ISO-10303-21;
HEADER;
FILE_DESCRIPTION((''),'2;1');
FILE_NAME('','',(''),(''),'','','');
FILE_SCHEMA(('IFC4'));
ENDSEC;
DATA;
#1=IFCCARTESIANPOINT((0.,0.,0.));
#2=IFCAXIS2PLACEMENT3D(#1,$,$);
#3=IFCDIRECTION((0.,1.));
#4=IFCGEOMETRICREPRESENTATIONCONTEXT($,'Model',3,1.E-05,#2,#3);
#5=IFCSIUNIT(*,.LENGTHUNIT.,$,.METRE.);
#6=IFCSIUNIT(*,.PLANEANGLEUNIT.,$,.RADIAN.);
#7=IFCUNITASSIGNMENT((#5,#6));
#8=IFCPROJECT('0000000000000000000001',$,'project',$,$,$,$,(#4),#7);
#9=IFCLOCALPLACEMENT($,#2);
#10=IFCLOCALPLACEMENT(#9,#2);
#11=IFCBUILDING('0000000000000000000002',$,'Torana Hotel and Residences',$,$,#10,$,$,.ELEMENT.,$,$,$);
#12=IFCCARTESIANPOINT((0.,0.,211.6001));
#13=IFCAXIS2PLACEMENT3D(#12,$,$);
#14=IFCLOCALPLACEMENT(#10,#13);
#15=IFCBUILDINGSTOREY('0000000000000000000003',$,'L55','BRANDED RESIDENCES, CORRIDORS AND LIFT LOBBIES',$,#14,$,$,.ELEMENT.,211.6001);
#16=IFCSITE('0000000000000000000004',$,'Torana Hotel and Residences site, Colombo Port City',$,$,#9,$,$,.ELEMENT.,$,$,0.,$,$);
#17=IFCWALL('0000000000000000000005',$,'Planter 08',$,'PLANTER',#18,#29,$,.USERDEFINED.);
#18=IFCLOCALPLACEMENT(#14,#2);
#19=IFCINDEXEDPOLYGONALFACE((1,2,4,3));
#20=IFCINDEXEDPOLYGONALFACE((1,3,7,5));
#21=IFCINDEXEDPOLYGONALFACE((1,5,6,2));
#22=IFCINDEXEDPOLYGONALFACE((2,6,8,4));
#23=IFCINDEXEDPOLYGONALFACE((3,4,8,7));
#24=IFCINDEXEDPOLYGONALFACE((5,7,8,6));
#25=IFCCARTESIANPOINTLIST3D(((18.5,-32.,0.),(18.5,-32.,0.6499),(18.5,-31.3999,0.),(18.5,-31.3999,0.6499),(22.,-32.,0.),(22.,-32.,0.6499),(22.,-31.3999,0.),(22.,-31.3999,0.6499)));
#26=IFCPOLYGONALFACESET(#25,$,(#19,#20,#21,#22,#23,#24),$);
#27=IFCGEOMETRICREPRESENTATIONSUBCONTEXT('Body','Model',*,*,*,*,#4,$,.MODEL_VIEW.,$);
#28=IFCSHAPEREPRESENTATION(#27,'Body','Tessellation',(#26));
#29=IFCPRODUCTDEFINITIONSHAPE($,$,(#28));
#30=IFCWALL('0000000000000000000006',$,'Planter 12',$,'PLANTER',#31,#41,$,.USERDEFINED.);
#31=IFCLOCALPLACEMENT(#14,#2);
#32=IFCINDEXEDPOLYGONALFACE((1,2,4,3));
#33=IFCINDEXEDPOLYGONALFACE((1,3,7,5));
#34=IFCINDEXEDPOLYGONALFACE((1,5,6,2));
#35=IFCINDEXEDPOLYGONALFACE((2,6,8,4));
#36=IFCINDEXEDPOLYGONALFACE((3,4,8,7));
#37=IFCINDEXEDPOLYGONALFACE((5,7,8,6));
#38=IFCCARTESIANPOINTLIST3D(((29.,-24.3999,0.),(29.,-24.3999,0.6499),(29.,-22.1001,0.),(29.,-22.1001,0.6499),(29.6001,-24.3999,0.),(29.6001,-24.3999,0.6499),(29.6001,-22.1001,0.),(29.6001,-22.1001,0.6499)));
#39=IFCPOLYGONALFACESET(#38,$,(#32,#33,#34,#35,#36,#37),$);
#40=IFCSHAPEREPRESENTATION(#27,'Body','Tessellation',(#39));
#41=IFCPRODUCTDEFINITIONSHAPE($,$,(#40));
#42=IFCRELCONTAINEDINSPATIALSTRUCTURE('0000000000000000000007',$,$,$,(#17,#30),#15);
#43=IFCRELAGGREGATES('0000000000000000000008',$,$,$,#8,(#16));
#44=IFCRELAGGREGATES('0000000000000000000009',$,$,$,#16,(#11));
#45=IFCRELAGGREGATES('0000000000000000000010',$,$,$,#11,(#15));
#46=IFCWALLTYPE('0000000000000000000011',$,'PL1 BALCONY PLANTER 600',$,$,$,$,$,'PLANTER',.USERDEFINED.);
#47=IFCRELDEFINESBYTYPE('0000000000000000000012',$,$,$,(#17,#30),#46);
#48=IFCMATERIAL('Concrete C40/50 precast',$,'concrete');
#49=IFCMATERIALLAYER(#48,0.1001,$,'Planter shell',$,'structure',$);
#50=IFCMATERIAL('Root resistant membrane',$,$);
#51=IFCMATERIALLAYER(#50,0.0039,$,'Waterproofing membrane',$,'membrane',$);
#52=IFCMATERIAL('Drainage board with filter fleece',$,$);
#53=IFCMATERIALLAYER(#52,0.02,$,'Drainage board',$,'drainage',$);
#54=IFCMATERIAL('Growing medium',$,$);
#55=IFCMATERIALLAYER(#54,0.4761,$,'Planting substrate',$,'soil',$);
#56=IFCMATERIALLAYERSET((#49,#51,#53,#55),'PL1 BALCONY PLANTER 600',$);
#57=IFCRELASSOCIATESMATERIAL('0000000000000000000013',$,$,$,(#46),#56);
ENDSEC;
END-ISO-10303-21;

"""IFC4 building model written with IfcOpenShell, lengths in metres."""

from ifc_helpers import new_model, si_unit, direction, frame, frame_2d, origin, place, context, subcontext, project, spatial, rectangle, extrude, material, layer, layer_set, type_object, element, save


model = new_model("IFC4")

# Units and contexts
model_context = context("Model", 3, precision=1e-05, world=origin(), true_north=direction((0.0, 1.0)))
body_context = subcontext(model_context, "Body", "Model", "MODEL_VIEW")
ifc_project = project(units=[si_unit("LENGTHUNIT", "METRE"), si_unit("PLANEANGLEUNIT", "RADIAN")], contexts=[model_context])

# Site, building, storey
site_placement = place(None, origin())
site = spatial("IfcSite", under=ifc_project, at=site_placement, Name="Torana Hotel and Residences site, Colombo Port City", CompositionType="ELEMENT", RefElevation=0.0)
building_placement = place(site_placement, origin())
building = spatial("IfcBuilding", under=site, at=building_placement, Name="Torana Hotel and Residences", CompositionType="ELEMENT")
storey_placement = place(building_placement, frame((0.0, 0.0, 211.6001)))
storey = spatial("IfcBuildingStorey", under=building, at=storey_placement, Name="L55", Description="BRANDED RESIDENCES, CORRIDORS AND LIFT LOBBIES", CompositionType="ELEMENT", Elevation=211.6001)

# Walls
ifc_material_1 = material(Name="Concrete C40/50 precast", Category="concrete")
ifc_layer_1 = layer(ifc_material_1, 0.1001, Name="Planter shell", Category="structure")
ifc_material_2 = material(Name="Root resistant membrane")
ifc_layer_2 = layer(ifc_material_2, 0.0039, Name="Waterproofing membrane", Category="membrane")
ifc_material_3 = material(Name="Drainage board with filter fleece")
ifc_layer_3 = layer(ifc_material_3, 0.02, Name="Drainage board", Category="drainage")
ifc_material_4 = material(Name="Growing medium")
ifc_layer_4 = layer(ifc_material_4, 0.4761, Name="Planting substrate", Category="soil")
ifc_layer_set_1 = layer_set([ifc_layer_1, ifc_layer_2, ifc_layer_3, ifc_layer_4], Name="PL1 BALCONY PLANTER 600")
wall_type_1 = type_object("IfcWallType", Name="PL1 BALCONY PLANTER 600", ElementType="PLANTER", PredefinedType="USERDEFINED", material=ifc_layer_set_1)
wall_1_placement = place(storey_placement, frame((22.0, -31.7, 0.0), z_axis=(0.0, 0.0, 1.0), x_axis=(-1.0, 0.0, 0.0)))
element("IfcWall", 1, at=wall_1_placement, inside=storey, type_object=wall_type_1, Name="Planter 08", ObjectType="PLANTER", PredefinedType="USERDEFINED", context=body_context, shape_type="SweptSolid", body=[
    extrude(rectangle(XDim=3.5, YDim=0.6001, at=frame_2d((1.75, 0.0))), origin(), (0.0, 0.0, 1.0), 0.6499),
])
wall_2_placement = place(storey_placement, frame((29.3, -22.1001, 0.0), z_axis=(0.0, 0.0, 1.0), x_axis=(0.0, -1.0, 0.0)))
element("IfcWall", 2, at=wall_2_placement, inside=storey, type_object=wall_type_1, Name="Planter 12", ObjectType="PLANTER", PredefinedType="USERDEFINED", context=body_context, shape_type="SweptSolid", body=[
    extrude(rectangle(XDim=2.2998, YDim=0.6001, at=frame_2d((1.1499, 0.0))), origin(), (0.0, 0.0, 1.0), 0.6499),
])

save(model, "model.ifc")
